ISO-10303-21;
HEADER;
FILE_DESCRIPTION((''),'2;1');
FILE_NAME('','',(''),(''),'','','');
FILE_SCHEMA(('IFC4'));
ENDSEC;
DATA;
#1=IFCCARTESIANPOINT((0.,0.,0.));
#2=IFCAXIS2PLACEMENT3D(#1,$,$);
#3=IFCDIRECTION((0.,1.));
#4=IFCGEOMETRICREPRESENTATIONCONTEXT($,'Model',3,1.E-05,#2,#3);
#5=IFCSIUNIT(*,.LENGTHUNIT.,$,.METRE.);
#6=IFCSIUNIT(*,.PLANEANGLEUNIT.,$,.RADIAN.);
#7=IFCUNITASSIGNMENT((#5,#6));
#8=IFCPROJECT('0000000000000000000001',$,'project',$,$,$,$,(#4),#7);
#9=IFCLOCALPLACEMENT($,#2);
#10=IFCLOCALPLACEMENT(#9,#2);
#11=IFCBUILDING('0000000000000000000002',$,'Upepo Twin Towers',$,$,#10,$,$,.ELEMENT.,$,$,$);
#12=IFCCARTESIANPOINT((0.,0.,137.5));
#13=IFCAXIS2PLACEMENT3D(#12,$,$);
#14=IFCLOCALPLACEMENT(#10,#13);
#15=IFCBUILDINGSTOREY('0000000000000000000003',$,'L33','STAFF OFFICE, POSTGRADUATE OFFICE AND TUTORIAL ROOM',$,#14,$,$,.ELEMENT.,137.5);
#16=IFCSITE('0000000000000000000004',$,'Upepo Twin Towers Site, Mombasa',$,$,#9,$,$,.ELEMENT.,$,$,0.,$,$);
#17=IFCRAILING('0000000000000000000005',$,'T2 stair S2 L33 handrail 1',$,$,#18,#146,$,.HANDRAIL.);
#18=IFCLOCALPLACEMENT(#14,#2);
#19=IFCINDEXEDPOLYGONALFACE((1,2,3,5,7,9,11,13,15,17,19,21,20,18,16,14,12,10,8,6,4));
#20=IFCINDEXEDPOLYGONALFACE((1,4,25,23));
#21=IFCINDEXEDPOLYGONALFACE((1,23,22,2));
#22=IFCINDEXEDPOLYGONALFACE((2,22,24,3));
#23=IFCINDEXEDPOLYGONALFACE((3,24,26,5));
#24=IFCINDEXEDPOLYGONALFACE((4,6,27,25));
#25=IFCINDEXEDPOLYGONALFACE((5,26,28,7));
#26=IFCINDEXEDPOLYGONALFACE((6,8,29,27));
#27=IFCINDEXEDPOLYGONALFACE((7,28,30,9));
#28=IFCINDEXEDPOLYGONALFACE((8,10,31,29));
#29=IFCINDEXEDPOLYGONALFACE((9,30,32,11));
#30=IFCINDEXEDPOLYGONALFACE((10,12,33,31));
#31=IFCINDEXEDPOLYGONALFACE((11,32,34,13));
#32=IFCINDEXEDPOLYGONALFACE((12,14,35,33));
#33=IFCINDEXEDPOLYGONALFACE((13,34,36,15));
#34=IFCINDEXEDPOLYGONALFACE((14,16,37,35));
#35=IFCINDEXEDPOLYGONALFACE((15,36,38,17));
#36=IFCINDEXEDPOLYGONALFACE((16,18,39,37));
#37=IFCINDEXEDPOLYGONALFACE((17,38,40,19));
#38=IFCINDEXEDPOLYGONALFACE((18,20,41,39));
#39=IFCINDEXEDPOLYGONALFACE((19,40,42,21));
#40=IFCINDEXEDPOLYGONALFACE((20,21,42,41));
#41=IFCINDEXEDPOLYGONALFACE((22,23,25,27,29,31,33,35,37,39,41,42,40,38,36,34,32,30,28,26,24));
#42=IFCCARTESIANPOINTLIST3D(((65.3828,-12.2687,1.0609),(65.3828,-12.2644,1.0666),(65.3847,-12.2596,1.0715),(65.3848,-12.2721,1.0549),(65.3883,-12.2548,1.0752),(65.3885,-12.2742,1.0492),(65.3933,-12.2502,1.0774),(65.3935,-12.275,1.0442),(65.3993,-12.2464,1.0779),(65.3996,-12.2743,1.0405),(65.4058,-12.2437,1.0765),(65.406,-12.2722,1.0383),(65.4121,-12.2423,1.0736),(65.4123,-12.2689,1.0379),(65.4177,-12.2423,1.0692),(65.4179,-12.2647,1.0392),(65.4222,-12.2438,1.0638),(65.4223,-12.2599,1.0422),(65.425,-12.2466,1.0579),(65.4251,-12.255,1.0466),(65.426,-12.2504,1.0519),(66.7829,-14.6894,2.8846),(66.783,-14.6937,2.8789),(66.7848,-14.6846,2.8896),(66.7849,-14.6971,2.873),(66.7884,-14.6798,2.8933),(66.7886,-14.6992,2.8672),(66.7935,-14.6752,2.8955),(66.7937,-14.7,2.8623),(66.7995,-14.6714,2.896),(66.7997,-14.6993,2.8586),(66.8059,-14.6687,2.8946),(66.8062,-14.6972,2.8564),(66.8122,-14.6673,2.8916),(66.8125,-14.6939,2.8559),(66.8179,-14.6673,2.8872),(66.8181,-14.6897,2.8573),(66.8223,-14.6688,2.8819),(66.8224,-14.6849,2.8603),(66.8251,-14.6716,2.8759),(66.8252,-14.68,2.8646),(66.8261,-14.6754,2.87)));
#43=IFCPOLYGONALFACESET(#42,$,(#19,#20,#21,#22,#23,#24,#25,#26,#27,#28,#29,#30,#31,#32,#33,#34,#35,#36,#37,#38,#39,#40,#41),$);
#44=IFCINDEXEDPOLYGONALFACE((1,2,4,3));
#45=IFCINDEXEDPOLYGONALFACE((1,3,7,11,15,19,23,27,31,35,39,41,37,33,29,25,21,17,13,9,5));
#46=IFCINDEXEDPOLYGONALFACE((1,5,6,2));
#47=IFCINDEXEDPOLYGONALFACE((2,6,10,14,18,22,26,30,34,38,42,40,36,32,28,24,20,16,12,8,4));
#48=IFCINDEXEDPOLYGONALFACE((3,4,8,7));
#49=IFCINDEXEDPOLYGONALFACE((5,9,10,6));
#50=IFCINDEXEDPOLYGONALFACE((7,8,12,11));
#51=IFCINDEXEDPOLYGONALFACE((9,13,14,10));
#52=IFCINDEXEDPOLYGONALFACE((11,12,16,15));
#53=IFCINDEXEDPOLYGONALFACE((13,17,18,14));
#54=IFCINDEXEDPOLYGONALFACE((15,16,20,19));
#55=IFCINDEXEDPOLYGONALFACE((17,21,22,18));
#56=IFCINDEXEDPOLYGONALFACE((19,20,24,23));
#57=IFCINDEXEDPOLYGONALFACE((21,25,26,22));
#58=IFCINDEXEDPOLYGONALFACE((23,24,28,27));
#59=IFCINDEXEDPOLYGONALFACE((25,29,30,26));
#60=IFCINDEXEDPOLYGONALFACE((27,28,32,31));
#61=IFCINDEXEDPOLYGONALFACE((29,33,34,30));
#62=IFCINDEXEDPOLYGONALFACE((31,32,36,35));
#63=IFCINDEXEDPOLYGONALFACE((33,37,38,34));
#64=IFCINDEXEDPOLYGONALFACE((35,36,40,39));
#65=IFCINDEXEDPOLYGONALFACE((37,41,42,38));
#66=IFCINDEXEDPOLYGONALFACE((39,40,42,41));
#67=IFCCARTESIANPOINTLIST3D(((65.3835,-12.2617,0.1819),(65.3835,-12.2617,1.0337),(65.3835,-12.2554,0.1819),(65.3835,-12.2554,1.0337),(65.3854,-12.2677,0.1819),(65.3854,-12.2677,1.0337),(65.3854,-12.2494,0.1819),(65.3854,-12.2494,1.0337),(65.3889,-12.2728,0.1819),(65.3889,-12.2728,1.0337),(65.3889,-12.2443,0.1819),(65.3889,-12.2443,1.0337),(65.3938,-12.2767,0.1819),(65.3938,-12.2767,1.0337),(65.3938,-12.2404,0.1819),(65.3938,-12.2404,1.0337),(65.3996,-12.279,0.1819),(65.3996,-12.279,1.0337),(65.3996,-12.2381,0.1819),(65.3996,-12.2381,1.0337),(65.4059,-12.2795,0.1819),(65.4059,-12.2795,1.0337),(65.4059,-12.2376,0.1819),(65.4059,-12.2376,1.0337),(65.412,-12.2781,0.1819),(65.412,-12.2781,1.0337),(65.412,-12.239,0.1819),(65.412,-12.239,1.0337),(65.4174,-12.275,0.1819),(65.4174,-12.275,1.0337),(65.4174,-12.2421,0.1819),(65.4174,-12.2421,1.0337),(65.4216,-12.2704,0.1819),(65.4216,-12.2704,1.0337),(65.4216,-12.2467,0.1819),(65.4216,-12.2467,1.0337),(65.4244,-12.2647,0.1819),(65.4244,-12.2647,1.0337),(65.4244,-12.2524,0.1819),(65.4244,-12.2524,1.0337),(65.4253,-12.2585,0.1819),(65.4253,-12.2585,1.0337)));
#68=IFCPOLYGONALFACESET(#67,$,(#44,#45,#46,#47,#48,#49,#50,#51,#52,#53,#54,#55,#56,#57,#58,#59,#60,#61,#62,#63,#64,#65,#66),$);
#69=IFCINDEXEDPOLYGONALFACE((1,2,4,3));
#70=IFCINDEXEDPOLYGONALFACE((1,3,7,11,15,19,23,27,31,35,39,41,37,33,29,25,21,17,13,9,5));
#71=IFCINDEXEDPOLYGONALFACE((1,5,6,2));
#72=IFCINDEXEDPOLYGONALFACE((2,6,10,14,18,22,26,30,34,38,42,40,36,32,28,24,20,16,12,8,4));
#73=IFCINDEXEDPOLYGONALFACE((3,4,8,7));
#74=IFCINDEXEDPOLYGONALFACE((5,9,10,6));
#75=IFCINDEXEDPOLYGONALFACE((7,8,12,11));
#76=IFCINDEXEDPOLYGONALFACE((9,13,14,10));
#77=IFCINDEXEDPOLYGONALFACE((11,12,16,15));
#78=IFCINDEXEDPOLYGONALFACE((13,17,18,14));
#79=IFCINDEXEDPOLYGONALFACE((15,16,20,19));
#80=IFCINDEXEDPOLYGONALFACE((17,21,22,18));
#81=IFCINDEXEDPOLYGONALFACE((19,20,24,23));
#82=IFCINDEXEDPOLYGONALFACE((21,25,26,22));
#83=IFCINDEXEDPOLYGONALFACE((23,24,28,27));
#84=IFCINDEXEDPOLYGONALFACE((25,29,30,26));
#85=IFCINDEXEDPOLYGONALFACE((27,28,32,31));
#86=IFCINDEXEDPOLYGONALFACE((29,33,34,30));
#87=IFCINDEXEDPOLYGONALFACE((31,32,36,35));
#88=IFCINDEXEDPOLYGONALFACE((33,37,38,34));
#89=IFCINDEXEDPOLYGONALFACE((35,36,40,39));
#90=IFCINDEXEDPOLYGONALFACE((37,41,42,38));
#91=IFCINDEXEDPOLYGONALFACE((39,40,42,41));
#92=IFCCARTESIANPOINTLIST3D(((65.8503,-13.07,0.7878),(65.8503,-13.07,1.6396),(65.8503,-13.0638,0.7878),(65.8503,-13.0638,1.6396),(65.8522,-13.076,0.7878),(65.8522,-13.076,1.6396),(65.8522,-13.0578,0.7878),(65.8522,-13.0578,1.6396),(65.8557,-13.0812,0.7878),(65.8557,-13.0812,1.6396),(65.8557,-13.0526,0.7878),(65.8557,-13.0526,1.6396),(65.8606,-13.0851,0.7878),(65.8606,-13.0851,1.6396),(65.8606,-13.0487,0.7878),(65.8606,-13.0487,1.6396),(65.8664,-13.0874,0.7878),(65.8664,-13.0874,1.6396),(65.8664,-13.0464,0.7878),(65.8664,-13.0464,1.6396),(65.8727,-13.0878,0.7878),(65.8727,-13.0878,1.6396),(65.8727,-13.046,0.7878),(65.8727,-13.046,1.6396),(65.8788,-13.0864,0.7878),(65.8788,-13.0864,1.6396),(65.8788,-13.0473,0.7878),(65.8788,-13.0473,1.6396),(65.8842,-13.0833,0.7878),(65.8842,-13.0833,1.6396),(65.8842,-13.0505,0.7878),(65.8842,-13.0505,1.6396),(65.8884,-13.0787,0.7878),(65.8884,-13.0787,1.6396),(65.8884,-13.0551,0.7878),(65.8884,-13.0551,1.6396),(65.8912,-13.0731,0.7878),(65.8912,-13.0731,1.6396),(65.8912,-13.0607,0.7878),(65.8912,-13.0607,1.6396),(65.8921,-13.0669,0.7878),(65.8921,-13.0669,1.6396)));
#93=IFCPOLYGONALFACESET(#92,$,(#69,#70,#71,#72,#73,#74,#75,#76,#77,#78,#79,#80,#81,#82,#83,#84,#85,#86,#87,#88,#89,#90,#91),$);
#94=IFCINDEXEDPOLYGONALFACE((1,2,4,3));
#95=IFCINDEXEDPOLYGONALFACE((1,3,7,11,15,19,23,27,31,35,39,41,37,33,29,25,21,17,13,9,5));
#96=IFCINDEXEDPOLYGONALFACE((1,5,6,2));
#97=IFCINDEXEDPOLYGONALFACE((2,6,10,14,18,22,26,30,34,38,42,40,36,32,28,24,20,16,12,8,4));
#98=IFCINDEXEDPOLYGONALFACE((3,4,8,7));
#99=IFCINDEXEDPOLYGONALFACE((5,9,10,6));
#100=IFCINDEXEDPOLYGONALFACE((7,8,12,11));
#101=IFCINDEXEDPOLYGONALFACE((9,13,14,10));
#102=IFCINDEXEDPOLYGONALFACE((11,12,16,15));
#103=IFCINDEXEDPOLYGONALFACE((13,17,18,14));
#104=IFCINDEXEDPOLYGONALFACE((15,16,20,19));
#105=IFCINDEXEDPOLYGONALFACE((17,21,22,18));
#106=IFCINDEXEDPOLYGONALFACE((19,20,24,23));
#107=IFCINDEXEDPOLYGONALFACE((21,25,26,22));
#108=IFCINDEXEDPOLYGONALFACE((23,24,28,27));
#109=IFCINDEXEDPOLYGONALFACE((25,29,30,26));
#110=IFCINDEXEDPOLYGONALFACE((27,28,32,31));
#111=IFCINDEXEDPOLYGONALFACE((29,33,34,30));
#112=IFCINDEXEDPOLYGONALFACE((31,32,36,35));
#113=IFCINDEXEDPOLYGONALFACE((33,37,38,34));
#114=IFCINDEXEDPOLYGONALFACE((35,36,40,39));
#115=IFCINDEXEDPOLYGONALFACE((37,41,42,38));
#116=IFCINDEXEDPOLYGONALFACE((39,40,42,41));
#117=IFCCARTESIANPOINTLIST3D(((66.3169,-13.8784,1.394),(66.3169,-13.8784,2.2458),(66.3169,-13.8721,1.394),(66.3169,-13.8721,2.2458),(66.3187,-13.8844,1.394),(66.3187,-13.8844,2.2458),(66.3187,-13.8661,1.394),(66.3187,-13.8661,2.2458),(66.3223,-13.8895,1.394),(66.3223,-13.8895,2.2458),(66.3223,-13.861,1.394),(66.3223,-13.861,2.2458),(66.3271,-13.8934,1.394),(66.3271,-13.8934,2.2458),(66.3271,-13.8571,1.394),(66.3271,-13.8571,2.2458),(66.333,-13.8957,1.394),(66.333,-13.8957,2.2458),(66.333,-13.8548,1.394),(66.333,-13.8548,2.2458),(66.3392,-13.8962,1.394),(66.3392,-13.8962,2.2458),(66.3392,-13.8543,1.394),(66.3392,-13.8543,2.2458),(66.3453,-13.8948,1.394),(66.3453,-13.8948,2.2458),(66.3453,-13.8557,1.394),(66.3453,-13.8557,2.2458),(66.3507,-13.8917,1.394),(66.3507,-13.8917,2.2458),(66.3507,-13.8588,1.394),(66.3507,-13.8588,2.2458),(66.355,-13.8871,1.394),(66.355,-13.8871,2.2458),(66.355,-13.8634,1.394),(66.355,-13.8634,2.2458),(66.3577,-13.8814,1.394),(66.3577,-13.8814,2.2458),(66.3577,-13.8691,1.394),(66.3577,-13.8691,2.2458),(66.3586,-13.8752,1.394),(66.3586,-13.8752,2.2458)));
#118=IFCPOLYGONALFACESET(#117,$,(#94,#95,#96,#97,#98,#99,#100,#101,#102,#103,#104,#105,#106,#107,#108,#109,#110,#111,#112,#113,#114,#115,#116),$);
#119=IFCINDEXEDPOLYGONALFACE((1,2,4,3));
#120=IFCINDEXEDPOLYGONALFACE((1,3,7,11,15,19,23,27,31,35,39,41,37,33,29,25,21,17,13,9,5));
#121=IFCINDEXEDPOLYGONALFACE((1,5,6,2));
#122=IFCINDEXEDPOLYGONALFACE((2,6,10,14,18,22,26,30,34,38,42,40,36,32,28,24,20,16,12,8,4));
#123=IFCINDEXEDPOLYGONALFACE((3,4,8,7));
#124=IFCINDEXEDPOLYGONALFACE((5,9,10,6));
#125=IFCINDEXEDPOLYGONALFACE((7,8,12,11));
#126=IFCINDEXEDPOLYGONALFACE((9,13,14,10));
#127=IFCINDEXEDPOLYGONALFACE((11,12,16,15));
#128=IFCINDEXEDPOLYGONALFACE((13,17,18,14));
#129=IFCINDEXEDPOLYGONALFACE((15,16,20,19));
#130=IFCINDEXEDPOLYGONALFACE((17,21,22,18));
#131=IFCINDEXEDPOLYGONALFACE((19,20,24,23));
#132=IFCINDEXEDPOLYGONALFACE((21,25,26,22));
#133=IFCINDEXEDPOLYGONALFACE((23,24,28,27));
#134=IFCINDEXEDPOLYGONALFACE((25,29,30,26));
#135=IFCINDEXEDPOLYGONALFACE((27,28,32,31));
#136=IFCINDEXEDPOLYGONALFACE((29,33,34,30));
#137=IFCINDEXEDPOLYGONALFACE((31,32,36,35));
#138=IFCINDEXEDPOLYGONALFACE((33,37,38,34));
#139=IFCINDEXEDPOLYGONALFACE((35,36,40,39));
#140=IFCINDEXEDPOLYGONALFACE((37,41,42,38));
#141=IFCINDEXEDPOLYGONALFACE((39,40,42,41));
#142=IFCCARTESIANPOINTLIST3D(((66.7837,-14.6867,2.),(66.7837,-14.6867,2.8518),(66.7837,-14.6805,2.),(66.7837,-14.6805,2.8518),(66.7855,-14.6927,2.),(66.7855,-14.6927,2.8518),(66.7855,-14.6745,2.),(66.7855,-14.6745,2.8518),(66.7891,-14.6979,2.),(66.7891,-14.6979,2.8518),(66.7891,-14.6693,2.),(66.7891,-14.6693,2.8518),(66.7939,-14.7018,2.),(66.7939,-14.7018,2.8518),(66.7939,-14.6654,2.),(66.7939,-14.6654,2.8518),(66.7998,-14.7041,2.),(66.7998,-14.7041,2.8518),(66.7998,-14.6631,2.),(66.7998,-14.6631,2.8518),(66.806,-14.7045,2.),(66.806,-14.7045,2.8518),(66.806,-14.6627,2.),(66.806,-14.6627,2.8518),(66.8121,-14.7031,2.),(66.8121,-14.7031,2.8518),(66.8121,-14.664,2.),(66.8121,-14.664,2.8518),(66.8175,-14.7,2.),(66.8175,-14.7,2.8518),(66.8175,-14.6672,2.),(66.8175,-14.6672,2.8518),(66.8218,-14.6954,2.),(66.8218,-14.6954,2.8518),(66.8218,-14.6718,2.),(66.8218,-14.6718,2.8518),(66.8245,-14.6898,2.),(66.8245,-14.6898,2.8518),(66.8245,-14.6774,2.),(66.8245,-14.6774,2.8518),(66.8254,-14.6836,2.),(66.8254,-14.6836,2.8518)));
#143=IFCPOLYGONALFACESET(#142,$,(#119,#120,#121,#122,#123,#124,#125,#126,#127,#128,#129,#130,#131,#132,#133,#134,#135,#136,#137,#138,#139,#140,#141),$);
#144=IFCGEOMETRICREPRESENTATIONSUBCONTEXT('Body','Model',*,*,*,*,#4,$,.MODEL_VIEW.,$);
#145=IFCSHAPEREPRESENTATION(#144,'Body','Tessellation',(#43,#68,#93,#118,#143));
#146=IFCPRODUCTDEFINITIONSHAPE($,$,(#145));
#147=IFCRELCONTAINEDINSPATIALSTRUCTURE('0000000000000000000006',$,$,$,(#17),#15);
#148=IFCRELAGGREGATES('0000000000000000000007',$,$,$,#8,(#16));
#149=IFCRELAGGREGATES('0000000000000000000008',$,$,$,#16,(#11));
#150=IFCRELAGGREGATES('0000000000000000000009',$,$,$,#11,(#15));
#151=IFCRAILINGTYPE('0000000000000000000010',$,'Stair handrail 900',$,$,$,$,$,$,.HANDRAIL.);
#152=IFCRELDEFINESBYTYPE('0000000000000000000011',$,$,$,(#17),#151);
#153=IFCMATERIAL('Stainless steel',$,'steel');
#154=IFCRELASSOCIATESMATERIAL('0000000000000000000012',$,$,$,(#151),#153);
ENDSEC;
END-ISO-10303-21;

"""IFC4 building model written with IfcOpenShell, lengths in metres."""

from ifc_helpers import new_model, si_unit, direction, frame, origin, origin_2d, place, context, subcontext, project, spatial, circle, extrude, material, type_object, element, save


model = new_model("IFC4")

# Units and contexts
model_context = context("Model", 3, precision=1e-05, world=origin(), true_north=direction((0.0, 1.0)))
body_context = subcontext(model_context, "Body", "Model", "MODEL_VIEW")
ifc_project = project(units=[si_unit("LENGTHUNIT", "METRE"), si_unit("PLANEANGLEUNIT", "RADIAN")], contexts=[model_context])

# Site, building, storey
site_placement = place(None, origin())
site = spatial("IfcSite", under=ifc_project, at=site_placement, Name="Upepo Twin Towers Site, Mombasa", CompositionType="ELEMENT", RefElevation=0.0)
building_placement = place(site_placement, origin())
building = spatial("IfcBuilding", under=site, at=building_placement, Name="Upepo Twin Towers", CompositionType="ELEMENT")
storey_placement = place(building_placement, frame((0.0, 0.0, 137.5)))
storey = spatial("IfcBuildingStorey", under=building, at=storey_placement, Name="L33", Description="STAFF OFFICE, POSTGRADUATE OFFICE AND TUTORIAL ROOM", CompositionType="ELEMENT", Elevation=137.5)

# Railing
ifc_material_1 = material(Name="Stainless steel", Category="steel")
railing_type = type_object("IfcRailingType", Name="Stair handrail 900", PredefinedType="HANDRAIL", material=ifc_material_1)
railing_1_placement = place(storey_placement, frame((65.4043, -12.2585, 0.1819)))
element("IfcRailing", 1, at=railing_1_placement, inside=storey, type_object=railing_type, Name="T2 stair S2 L33 handrail 1", PredefinedType="HANDRAIL", context=body_context, shape_type="SweptSolid", body=[
    extrude(circle(Radius=0.0239, at=origin_2d()), frame((0.0, 0.0, 0.876), z_axis=(0.419371, -0.726349, 0.54456), x_axis=(0.866019, 0.500012, 0.0)), (0.0, 0.0, 1.0), 3.3386),
    extrude(circle(Radius=0.021, at=origin_2d()), origin(), (0.0, 0.0, 1.0), 0.8518),
    extrude(circle(Radius=0.021, at=origin_2d()), frame((0.4668, -0.8083, 0.606)), (0.0, 0.0, 1.0), 0.8518),
    extrude(circle(Radius=0.021, at=origin_2d()), frame((0.9333, -1.6167, 1.2122)), (0.0, 0.0, 1.0), 0.8518),
    extrude(circle(Radius=0.021, at=origin_2d()), frame((1.4001, -2.425, 1.8181)), (0.0, 0.0, 1.0), 0.8518),
])

save(model, "model.ifc")
